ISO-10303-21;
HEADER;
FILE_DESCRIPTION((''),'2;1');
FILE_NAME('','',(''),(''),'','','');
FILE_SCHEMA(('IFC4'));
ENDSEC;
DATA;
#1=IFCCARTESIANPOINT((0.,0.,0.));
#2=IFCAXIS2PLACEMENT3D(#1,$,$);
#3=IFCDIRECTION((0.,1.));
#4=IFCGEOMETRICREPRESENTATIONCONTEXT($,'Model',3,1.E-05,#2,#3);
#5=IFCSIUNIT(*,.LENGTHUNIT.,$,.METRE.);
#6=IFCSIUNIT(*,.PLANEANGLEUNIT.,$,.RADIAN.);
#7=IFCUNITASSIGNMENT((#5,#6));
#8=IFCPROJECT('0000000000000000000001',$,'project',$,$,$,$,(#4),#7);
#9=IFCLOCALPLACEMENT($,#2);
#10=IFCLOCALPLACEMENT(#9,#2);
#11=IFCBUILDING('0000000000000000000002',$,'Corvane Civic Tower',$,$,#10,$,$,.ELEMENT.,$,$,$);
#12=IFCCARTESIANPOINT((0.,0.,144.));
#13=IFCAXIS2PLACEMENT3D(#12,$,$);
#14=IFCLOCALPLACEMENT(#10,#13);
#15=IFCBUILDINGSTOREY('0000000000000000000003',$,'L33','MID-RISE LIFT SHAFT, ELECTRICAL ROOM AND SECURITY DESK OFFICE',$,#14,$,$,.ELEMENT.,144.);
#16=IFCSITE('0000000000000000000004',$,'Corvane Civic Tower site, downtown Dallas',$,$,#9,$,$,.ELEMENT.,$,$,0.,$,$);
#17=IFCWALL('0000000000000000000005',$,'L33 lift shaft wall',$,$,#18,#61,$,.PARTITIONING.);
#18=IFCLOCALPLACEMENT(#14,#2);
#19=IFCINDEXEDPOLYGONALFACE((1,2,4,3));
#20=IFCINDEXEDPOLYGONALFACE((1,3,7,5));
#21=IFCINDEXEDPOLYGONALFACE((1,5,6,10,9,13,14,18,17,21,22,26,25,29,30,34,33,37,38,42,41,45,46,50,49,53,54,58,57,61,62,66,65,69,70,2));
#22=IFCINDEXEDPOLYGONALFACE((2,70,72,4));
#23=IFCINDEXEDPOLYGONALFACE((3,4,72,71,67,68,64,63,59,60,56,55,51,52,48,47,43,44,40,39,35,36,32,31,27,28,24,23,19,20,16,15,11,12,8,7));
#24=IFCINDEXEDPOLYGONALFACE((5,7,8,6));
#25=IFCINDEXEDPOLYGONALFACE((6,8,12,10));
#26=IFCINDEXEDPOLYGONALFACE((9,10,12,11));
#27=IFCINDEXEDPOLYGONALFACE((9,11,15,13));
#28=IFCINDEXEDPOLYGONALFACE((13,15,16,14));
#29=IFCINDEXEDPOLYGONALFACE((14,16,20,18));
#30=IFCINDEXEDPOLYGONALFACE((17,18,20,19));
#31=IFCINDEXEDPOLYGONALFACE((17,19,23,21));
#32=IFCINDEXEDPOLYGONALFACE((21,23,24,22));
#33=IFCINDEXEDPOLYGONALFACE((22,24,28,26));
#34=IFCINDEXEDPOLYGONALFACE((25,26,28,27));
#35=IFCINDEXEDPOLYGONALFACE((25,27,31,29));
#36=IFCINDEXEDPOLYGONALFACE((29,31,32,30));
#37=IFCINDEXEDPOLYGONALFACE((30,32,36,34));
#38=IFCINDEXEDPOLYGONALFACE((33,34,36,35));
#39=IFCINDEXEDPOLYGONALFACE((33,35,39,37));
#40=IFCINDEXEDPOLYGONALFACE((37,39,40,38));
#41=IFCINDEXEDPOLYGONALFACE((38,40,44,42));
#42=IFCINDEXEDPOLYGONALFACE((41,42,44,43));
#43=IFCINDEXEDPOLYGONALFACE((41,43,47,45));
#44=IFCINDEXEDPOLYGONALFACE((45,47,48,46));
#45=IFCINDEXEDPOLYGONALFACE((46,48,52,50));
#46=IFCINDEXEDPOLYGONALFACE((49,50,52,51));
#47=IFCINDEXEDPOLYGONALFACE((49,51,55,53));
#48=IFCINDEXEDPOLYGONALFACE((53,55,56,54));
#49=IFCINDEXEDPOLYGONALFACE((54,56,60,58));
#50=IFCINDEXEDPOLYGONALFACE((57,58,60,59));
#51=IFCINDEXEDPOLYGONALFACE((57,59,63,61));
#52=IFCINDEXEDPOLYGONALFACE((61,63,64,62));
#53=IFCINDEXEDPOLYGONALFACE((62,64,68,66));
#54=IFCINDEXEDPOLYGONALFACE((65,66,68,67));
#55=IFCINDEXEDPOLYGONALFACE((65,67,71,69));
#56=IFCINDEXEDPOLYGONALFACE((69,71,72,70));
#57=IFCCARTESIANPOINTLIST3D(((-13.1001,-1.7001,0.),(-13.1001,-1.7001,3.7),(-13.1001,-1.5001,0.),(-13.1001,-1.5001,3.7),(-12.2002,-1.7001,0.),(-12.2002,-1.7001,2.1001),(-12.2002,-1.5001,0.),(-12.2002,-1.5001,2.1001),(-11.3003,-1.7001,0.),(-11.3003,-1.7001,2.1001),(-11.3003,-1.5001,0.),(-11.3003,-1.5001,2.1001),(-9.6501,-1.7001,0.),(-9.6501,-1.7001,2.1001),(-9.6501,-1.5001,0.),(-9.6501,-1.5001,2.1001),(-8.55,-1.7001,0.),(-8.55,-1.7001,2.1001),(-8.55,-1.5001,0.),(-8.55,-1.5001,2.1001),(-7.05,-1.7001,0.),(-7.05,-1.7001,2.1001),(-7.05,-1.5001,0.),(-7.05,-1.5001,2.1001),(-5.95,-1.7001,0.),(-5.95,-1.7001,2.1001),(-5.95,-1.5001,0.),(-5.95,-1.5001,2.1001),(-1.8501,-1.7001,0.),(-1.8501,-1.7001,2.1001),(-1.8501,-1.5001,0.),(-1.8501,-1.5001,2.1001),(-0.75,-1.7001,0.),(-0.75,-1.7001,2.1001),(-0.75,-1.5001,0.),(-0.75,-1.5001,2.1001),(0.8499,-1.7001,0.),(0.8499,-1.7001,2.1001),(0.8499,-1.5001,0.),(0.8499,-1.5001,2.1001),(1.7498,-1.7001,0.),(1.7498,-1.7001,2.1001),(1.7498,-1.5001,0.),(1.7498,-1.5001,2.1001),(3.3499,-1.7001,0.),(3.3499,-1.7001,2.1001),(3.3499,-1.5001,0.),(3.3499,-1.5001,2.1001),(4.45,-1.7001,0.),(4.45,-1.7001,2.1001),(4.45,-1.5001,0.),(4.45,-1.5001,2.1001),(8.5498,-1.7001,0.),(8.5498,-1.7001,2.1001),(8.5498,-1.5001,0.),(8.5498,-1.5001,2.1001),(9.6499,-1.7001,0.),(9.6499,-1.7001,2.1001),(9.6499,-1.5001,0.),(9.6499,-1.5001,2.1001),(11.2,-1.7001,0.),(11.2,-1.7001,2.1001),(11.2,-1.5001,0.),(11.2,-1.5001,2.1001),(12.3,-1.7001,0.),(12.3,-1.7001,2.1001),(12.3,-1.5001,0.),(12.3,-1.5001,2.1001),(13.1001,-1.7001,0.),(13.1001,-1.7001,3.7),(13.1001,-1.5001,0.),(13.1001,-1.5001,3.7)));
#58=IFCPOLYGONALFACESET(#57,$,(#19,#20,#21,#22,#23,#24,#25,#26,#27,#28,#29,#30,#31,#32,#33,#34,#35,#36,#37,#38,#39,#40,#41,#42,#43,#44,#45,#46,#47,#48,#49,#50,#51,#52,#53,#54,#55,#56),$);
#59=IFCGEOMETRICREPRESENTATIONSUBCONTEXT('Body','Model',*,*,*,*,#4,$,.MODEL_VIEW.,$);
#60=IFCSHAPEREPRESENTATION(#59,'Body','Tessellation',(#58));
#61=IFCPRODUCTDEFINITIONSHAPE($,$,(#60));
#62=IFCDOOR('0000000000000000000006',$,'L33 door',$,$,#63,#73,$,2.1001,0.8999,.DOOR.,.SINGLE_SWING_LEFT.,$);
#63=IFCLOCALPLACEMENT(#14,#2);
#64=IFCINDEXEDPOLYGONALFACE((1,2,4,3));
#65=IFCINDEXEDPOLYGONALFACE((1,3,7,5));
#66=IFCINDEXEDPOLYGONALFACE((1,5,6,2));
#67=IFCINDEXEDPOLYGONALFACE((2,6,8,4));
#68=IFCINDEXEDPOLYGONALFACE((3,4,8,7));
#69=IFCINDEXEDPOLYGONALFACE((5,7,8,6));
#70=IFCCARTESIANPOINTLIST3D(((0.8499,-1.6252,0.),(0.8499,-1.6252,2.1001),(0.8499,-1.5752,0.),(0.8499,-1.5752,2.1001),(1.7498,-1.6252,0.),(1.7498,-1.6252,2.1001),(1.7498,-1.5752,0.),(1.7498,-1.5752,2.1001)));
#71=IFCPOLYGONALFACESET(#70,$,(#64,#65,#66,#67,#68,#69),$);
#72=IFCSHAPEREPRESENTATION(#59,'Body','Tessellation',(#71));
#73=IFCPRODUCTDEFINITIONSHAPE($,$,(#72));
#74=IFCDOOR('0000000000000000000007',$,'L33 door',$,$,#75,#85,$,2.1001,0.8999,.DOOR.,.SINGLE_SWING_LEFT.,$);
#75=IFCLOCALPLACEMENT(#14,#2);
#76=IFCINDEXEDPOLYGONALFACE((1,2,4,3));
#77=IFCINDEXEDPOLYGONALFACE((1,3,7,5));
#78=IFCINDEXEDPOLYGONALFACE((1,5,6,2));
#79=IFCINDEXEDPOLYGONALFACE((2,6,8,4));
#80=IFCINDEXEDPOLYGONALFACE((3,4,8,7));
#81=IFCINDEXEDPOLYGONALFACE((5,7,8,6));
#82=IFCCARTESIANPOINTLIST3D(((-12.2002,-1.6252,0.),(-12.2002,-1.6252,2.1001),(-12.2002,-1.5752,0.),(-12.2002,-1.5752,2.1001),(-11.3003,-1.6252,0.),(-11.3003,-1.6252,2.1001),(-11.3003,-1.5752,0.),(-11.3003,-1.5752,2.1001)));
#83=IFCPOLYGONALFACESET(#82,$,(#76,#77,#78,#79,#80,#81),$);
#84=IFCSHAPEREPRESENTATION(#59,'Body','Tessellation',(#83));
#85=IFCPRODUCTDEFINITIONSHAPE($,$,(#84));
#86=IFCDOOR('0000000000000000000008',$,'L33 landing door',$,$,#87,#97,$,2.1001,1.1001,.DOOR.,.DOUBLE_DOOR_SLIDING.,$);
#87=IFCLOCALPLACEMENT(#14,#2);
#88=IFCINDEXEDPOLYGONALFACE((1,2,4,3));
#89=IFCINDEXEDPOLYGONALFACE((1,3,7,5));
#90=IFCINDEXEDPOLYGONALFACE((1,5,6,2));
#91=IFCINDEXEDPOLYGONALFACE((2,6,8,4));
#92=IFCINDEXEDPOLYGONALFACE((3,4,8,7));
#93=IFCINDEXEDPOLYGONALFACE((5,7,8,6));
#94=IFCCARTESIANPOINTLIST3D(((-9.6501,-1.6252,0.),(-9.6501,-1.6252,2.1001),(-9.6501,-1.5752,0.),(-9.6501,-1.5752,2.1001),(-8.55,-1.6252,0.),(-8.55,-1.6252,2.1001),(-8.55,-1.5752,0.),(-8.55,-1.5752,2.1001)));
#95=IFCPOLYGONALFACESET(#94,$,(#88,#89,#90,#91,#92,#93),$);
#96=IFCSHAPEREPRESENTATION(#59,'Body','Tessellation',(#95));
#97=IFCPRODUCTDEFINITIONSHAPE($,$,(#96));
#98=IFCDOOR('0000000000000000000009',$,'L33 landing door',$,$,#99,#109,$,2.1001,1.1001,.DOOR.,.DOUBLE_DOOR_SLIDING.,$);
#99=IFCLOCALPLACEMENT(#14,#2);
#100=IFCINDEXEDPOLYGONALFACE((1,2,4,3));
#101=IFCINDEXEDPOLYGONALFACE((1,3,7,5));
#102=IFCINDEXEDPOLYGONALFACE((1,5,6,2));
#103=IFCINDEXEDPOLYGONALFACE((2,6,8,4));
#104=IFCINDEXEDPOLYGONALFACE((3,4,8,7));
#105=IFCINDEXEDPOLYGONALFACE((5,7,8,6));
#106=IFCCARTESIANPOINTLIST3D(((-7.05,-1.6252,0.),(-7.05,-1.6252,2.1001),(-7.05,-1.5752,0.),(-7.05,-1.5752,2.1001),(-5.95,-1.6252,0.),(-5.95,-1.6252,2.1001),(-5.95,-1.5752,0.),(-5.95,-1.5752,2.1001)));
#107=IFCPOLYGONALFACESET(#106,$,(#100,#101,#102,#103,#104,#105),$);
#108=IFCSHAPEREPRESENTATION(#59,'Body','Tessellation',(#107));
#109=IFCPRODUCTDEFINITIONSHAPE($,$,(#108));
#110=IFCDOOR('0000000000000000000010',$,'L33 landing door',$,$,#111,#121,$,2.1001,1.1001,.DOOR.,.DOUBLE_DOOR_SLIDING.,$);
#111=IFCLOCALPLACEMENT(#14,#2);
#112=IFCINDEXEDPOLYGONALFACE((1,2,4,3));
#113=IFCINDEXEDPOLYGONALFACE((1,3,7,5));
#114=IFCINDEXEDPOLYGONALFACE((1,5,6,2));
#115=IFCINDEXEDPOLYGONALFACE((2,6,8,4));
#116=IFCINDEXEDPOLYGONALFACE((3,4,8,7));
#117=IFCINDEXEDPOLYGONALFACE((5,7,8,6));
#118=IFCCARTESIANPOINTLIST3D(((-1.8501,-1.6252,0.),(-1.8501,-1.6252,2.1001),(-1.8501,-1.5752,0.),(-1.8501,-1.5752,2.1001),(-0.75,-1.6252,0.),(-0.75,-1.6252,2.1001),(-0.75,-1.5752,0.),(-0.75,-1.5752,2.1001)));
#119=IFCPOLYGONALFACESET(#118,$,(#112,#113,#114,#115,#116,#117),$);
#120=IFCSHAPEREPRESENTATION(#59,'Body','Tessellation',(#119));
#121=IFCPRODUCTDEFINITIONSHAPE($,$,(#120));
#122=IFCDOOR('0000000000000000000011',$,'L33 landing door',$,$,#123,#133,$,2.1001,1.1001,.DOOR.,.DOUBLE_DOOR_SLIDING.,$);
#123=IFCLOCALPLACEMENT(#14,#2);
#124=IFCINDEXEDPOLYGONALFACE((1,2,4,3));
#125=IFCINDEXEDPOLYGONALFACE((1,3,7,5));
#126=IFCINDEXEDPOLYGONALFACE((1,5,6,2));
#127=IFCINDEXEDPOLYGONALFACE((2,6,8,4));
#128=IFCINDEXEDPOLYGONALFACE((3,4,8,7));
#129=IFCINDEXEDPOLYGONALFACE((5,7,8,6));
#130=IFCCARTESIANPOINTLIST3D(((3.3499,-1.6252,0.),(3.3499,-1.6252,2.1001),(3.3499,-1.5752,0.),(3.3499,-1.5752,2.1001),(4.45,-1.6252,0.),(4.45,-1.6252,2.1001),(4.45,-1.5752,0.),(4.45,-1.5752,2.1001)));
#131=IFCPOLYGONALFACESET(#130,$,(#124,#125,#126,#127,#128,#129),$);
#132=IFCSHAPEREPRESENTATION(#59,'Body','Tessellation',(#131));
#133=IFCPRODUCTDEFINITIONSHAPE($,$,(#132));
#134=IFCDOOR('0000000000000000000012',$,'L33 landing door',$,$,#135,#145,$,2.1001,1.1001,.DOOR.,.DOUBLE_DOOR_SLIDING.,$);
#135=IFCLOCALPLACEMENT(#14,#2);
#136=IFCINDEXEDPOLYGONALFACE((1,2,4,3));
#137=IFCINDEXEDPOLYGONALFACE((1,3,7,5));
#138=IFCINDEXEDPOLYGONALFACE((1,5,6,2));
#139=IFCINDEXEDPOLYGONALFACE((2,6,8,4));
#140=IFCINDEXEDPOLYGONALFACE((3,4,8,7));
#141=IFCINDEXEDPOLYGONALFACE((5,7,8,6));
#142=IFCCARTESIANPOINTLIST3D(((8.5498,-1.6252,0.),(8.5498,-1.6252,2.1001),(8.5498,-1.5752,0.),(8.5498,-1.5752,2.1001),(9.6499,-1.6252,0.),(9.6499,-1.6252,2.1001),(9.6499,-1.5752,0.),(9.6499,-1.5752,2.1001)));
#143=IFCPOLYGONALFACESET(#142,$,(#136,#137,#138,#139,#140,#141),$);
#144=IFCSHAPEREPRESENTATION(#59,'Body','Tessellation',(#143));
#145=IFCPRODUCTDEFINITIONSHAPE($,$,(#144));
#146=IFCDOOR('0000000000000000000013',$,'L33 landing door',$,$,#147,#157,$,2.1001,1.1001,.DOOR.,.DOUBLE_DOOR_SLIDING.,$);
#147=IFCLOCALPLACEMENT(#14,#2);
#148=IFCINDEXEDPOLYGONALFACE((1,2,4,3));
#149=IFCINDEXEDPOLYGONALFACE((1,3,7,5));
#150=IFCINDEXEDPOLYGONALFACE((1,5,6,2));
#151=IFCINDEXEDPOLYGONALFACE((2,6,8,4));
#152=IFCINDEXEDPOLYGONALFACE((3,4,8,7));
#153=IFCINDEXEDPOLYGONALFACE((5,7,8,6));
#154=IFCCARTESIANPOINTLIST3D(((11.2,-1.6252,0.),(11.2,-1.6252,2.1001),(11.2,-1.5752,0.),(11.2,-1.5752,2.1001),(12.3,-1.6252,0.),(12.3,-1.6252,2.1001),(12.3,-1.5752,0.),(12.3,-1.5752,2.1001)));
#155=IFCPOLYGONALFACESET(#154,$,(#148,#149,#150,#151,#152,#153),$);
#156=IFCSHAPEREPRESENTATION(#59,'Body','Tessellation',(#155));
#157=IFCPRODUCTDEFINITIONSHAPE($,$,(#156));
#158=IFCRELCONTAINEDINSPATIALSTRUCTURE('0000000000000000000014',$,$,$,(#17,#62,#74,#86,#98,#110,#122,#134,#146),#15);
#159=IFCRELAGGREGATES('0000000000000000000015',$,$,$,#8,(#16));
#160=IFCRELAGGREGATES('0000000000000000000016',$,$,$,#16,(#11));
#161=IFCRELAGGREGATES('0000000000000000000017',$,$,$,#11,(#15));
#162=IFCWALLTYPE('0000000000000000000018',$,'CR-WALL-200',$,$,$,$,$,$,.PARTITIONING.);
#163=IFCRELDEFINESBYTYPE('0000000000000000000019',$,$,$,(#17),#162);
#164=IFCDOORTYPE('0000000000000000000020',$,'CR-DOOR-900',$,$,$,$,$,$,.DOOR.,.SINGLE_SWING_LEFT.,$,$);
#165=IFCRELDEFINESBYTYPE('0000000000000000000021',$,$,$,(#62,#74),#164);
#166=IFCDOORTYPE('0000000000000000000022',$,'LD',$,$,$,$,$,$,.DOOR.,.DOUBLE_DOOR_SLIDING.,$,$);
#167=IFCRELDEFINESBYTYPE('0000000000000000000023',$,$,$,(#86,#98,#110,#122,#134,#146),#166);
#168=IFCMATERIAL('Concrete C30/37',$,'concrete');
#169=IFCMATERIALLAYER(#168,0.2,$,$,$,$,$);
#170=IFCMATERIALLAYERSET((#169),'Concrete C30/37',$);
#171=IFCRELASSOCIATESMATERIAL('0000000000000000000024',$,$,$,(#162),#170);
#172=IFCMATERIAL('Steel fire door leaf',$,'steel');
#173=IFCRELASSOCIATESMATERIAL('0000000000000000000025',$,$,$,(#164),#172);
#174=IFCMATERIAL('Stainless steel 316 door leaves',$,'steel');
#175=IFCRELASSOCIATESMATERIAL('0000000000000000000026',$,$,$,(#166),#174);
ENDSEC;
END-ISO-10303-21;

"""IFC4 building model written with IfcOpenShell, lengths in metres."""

from ifc_helpers import new_model, si_unit, direction, frame, frame_2d, origin, place, context, subcontext, project, spatial, rectangle, extrude, material, layer, layer_set, type_object, element, fill, save


model = new_model("IFC4")

# Units and contexts
model_context = context("Model", 3, precision=1e-05, world=origin(), true_north=direction((0.0, 1.0)))
body_context = subcontext(model_context, "Body", "Model", "MODEL_VIEW")
ifc_project = project(units=[si_unit("LENGTHUNIT", "METRE"), si_unit("PLANEANGLEUNIT", "RADIAN")], contexts=[model_context])

# Site, building, storey
site_placement = place(None, origin())
site = spatial("IfcSite", under=ifc_project, at=site_placement, Name="Corvane Civic Tower site, downtown Dallas", CompositionType="ELEMENT", RefElevation=0.0)
building_placement = place(site_placement, origin())
building = spatial("IfcBuilding", under=site, at=building_placement, Name="Corvane Civic Tower", CompositionType="ELEMENT")
storey_placement = place(building_placement, frame((0.0, 0.0, 144.0)))
storey = spatial("IfcBuildingStorey", under=building, at=storey_placement, Name="L33", Description="MID-RISE LIFT SHAFT, ELECTRICAL ROOM AND SECURITY DESK OFFICE", CompositionType="ELEMENT", Elevation=144.0)

# Wall, openings, doors
ifc_material_1 = material(Name="Concrete C30/37", Category="concrete")
ifc_layer_1 = layer(ifc_material_1, 0.2)
ifc_layer_set_1 = layer_set([ifc_layer_1], Name="Concrete C30/37")
wall_type_1 = type_object("IfcWallType", Name="CR-WALL-200", PredefinedType="PARTITIONING", material=ifc_layer_set_1)
ifc_material_2 = material(Name="Steel fire door leaf", Category="steel")
door_type_1 = type_object("IfcDoorType", Name="CR-DOOR-900", OperationType="SINGLE_SWING_LEFT", PredefinedType="DOOR", material=ifc_material_2)
wall_1_placement = place(storey_placement, frame((-13.1001, -1.6001, 0.0), z_axis=(0.0, 0.0, 1.0), x_axis=(1.0, 0.0, 0.0)))
wall_1 = element("IfcWall", 1, at=wall_1_placement, inside=storey, type_object=wall_type_1, Name="L33 lift shaft wall", PredefinedType="PARTITIONING", context=body_context, shape_type="SweptSolid", body=[
    extrude(rectangle(XDim=26.2002, YDim=0.2, at=frame_2d((13.1001, 0.0))), origin(), (0.0, 0.0, 1.0), 3.7),
])
opening_1_placement = place(wall_1_placement, frame((3.45, 0.0, 0.0)))
opening_1 = element("IfcOpeningElement", 2, at=opening_1_placement, cuts=wall_1, PredefinedType="OPENING", context=body_context, shape_type="SweptSolid", body=[
    extrude(rectangle(XDim=1.1001, YDim=2.1001, at=frame_2d((0.55, 1.05))), frame((0.0, 0.1099, 0.0), z_axis=(0.0, -1.0, 0.0), x_axis=(1.0, 0.0, 0.0)), (0.0, 0.0, 1.0), 0.22),
])
opening_2_placement = place(wall_1_placement, frame((6.05, 0.0, 0.0)))
opening_2 = element("IfcOpeningElement", 3, at=opening_2_placement, cuts=wall_1, PredefinedType="OPENING", context=body_context, shape_type="SweptSolid", body=[
    extrude(rectangle(XDim=1.1001, YDim=2.1001, at=frame_2d((0.55, 1.05))), frame((0.0, 0.1099, 0.0), z_axis=(0.0, -1.0, 0.0), x_axis=(1.0, 0.0, 0.0)), (0.0, 0.0, 1.0), 0.22),
])
opening_3_placement = place(wall_1_placement, frame((11.25, 0.0, 0.0)))
opening_3 = element("IfcOpeningElement", 4, at=opening_3_placement, cuts=wall_1, PredefinedType="OPENING", context=body_context, shape_type="SweptSolid", body=[
    extrude(rectangle(XDim=1.1001, YDim=2.1001, at=frame_2d((0.55, 1.05))), frame((0.0, 0.1099, 0.0), z_axis=(0.0, -1.0, 0.0), x_axis=(1.0, 0.0, 0.0)), (0.0, 0.0, 1.0), 0.22),
])
opening_4_placement = place(wall_1_placement, frame((13.95, 0.0, 0.0)))
opening_4 = element("IfcOpeningElement", 5, at=opening_4_placement, cuts=wall_1, PredefinedType="OPENING", context=body_context, shape_type="SweptSolid", body=[
    extrude(rectangle(XDim=0.8999, YDim=2.1001, at=frame_2d((0.45, 1.05))), frame((0.0, 0.1099, 0.0), z_axis=(0.0, -1.0, 0.0), x_axis=(1.0, 0.0, 0.0)), (0.0, 0.0, 1.0), 0.22),
])
opening_5_placement = place(wall_1_placement, frame((16.45, 0.0, 0.0)))
opening_5 = element("IfcOpeningElement", 6, at=opening_5_placement, cuts=wall_1, PredefinedType="OPENING", context=body_context, shape_type="SweptSolid", body=[
    extrude(rectangle(XDim=1.1001, YDim=2.1001, at=frame_2d((0.55, 1.05))), frame((0.0, 0.1099, 0.0), z_axis=(0.0, -1.0, 0.0), x_axis=(1.0, 0.0, 0.0)), (0.0, 0.0, 1.0), 0.22),
])
opening_6_placement = place(wall_1_placement, frame((21.6499, 0.0, 0.0)))
opening_6 = element("IfcOpeningElement", 7, at=opening_6_placement, cuts=wall_1, PredefinedType="OPENING", context=body_context, shape_type="SweptSolid", body=[
    extrude(rectangle(XDim=1.1001, YDim=2.1001, at=frame_2d((0.55, 1.05))), frame((0.0, 0.1099, 0.0), z_axis=(0.0, -1.0, 0.0), x_axis=(1.0, 0.0, 0.0)), (0.0, 0.0, 1.0), 0.22),
])
opening_7_placement = place(wall_1_placement, frame((24.3, 0.0, 0.0)))
opening_7 = element("IfcOpeningElement", 8, at=opening_7_placement, cuts=wall_1, PredefinedType="OPENING", context=body_context, shape_type="SweptSolid", body=[
    extrude(rectangle(XDim=1.1001, YDim=2.1001, at=frame_2d((0.55, 1.05))), frame((0.0, 0.1099, 0.0), z_axis=(0.0, -1.0, 0.0), x_axis=(1.0, 0.0, 0.0)), (0.0, 0.0, 1.0), 0.22),
])
opening_8_placement = place(wall_1_placement, frame((0.8999, 0.0, 0.0)))
opening_8 = element("IfcOpeningElement", 9, at=opening_8_placement, cuts=wall_1, PredefinedType="OPENING", context=body_context, shape_type="SweptSolid", body=[
    extrude(rectangle(XDim=0.8999, YDim=2.1001, at=frame_2d((0.45, 1.05))), frame((0.0, 0.1099, 0.0), z_axis=(0.0, -1.0, 0.0), x_axis=(1.0, 0.0, 0.0)), (0.0, 0.0, 1.0), 0.22),
])
door_1_placement = place(opening_4_placement, origin())
door_1 = element("IfcDoor", 10, at=door_1_placement, inside=storey, type_object=door_type_1, Name="L33 door", OperationType="SINGLE_SWING_LEFT", OverallHeight=2.1001, OverallWidth=0.8999, PredefinedType="DOOR", context=body_context, shape_type="SweptSolid", body=[
    extrude(rectangle(XDim=0.8999, YDim=2.1001, at=frame_2d((0.45, 1.05))), frame((0.0, 0.0249, 0.0), z_axis=(0.0, -1.0, 0.0), x_axis=(1.0, 0.0, 0.0)), (0.0, 0.0, 1.0), 0.05),
])
fill(opening_4, door_1)
door_2_placement = place(opening_8_placement, origin())
door_2 = element("IfcDoor", 11, at=door_2_placement, inside=storey, type_object=door_type_1, Name="L33 door", OperationType="SINGLE_SWING_LEFT", OverallHeight=2.1001, OverallWidth=0.8999, PredefinedType="DOOR", context=body_context, shape_type="SweptSolid", body=[
    extrude(rectangle(XDim=0.8999, YDim=2.1001, at=frame_2d((0.45, 1.05))), frame((0.0, 0.0249, 0.0), z_axis=(0.0, -1.0, 0.0), x_axis=(1.0, 0.0, 0.0)), (0.0, 0.0, 1.0), 0.05),
])
fill(opening_8, door_2)
ifc_material_3 = material(Name="Stainless steel 316 door leaves", Category="steel")
door_type_2 = type_object("IfcDoorType", Name="LD", OperationType="DOUBLE_DOOR_SLIDING", PredefinedType="DOOR", material=ifc_material_3)
door_3_placement = place(opening_1_placement, origin())
door_3 = element("IfcDoor", 12, at=door_3_placement, inside=storey, type_object=door_type_2, Name="L33 landing door", OperationType="DOUBLE_DOOR_SLIDING", OverallHeight=2.1001, OverallWidth=1.1001, PredefinedType="DOOR", context=body_context, shape_type="SweptSolid", body=[
    extrude(rectangle(XDim=1.1001, YDim=2.1001, at=frame_2d((0.55, 1.05))), frame((0.0, 0.0249, 0.0), z_axis=(0.0, -1.0, 0.0), x_axis=(1.0, 0.0, 0.0)), (0.0, 0.0, 1.0), 0.05),
])
fill(opening_1, door_3)
door_4_placement = place(opening_2_placement, origin())
door_4 = element("IfcDoor", 13, at=door_4_placement, inside=storey, type_object=door_type_2, Name="L33 landing door", OperationType="DOUBLE_DOOR_SLIDING", OverallHeight=2.1001, OverallWidth=1.1001, PredefinedType="DOOR", context=body_context, shape_type="SweptSolid", body=[
    extrude(rectangle(XDim=1.1001, YDim=2.1001, at=frame_2d((0.55, 1.05))), frame((0.0, 0.0249, 0.0), z_axis=(0.0, -1.0, 0.0), x_axis=(1.0, 0.0, 0.0)), (0.0, 0.0, 1.0), 0.05),
])
fill(opening_2, door_4)
door_5_placement = place(opening_3_placement, origin())
door_5 = element("IfcDoor", 14, at=door_5_placement, inside=storey, type_object=door_type_2, Name="L33 landing door", OperationType="DOUBLE_DOOR_SLIDING", OverallHeight=2.1001, OverallWidth=1.1001, PredefinedType="DOOR", context=body_context, shape_type="SweptSolid", body=[
    extrude(rectangle(XDim=1.1001, YDim=2.1001, at=frame_2d((0.55, 1.05))), frame((0.0, 0.0249, 0.0), z_axis=(0.0, -1.0, 0.0), x_axis=(1.0, 0.0, 0.0)), (0.0, 0.0, 1.0), 0.05),
])
fill(opening_3, door_5)
door_6_placement = place(opening_5_placement, origin())
door_6 = element("IfcDoor", 15, at=door_6_placement, inside=storey, type_object=door_type_2, Name="L33 landing door", OperationType="DOUBLE_DOOR_SLIDING", OverallHeight=2.1001, OverallWidth=1.1001, PredefinedType="DOOR", context=body_context, shape_type="SweptSolid", body=[
    extrude(rectangle(XDim=1.1001, YDim=2.1001, at=frame_2d((0.55, 1.05))), frame((0.0, 0.0249, 0.0), z_axis=(0.0, -1.0, 0.0), x_axis=(1.0, 0.0, 0.0)), (0.0, 0.0, 1.0), 0.05),
])
fill(opening_5, door_6)
door_7_placement = place(opening_6_placement, origin())
door_7 = element("IfcDoor", 16, at=door_7_placement, inside=storey, type_object=door_type_2, Name="L33 landing door", OperationType="DOUBLE_DOOR_SLIDING", OverallHeight=2.1001, OverallWidth=1.1001, PredefinedType="DOOR", context=body_context, shape_type="SweptSolid", body=[
    extrude(rectangle(XDim=1.1001, YDim=2.1001, at=frame_2d((0.55, 1.05))), frame((0.0, 0.0249, 0.0), z_axis=(0.0, -1.0, 0.0), x_axis=(1.0, 0.0, 0.0)), (0.0, 0.0, 1.0), 0.05),
])
fill(opening_6, door_7)
door_8_placement = place(opening_7_placement, origin())
door_8 = element("IfcDoor", 17, at=door_8_placement, inside=storey, type_object=door_type_2, Name="L33 landing door", OperationType="DOUBLE_DOOR_SLIDING", OverallHeight=2.1001, OverallWidth=1.1001, PredefinedType="DOOR", context=body_context, shape_type="SweptSolid", body=[
    extrude(rectangle(XDim=1.1001, YDim=2.1001, at=frame_2d((0.55, 1.05))), frame((0.0, 0.0249, 0.0), z_axis=(0.0, -1.0, 0.0), x_axis=(1.0, 0.0, 0.0)), (0.0, 0.0, 1.0), 0.05),
])
fill(opening_7, door_8)

save(model, "model.ifc")
